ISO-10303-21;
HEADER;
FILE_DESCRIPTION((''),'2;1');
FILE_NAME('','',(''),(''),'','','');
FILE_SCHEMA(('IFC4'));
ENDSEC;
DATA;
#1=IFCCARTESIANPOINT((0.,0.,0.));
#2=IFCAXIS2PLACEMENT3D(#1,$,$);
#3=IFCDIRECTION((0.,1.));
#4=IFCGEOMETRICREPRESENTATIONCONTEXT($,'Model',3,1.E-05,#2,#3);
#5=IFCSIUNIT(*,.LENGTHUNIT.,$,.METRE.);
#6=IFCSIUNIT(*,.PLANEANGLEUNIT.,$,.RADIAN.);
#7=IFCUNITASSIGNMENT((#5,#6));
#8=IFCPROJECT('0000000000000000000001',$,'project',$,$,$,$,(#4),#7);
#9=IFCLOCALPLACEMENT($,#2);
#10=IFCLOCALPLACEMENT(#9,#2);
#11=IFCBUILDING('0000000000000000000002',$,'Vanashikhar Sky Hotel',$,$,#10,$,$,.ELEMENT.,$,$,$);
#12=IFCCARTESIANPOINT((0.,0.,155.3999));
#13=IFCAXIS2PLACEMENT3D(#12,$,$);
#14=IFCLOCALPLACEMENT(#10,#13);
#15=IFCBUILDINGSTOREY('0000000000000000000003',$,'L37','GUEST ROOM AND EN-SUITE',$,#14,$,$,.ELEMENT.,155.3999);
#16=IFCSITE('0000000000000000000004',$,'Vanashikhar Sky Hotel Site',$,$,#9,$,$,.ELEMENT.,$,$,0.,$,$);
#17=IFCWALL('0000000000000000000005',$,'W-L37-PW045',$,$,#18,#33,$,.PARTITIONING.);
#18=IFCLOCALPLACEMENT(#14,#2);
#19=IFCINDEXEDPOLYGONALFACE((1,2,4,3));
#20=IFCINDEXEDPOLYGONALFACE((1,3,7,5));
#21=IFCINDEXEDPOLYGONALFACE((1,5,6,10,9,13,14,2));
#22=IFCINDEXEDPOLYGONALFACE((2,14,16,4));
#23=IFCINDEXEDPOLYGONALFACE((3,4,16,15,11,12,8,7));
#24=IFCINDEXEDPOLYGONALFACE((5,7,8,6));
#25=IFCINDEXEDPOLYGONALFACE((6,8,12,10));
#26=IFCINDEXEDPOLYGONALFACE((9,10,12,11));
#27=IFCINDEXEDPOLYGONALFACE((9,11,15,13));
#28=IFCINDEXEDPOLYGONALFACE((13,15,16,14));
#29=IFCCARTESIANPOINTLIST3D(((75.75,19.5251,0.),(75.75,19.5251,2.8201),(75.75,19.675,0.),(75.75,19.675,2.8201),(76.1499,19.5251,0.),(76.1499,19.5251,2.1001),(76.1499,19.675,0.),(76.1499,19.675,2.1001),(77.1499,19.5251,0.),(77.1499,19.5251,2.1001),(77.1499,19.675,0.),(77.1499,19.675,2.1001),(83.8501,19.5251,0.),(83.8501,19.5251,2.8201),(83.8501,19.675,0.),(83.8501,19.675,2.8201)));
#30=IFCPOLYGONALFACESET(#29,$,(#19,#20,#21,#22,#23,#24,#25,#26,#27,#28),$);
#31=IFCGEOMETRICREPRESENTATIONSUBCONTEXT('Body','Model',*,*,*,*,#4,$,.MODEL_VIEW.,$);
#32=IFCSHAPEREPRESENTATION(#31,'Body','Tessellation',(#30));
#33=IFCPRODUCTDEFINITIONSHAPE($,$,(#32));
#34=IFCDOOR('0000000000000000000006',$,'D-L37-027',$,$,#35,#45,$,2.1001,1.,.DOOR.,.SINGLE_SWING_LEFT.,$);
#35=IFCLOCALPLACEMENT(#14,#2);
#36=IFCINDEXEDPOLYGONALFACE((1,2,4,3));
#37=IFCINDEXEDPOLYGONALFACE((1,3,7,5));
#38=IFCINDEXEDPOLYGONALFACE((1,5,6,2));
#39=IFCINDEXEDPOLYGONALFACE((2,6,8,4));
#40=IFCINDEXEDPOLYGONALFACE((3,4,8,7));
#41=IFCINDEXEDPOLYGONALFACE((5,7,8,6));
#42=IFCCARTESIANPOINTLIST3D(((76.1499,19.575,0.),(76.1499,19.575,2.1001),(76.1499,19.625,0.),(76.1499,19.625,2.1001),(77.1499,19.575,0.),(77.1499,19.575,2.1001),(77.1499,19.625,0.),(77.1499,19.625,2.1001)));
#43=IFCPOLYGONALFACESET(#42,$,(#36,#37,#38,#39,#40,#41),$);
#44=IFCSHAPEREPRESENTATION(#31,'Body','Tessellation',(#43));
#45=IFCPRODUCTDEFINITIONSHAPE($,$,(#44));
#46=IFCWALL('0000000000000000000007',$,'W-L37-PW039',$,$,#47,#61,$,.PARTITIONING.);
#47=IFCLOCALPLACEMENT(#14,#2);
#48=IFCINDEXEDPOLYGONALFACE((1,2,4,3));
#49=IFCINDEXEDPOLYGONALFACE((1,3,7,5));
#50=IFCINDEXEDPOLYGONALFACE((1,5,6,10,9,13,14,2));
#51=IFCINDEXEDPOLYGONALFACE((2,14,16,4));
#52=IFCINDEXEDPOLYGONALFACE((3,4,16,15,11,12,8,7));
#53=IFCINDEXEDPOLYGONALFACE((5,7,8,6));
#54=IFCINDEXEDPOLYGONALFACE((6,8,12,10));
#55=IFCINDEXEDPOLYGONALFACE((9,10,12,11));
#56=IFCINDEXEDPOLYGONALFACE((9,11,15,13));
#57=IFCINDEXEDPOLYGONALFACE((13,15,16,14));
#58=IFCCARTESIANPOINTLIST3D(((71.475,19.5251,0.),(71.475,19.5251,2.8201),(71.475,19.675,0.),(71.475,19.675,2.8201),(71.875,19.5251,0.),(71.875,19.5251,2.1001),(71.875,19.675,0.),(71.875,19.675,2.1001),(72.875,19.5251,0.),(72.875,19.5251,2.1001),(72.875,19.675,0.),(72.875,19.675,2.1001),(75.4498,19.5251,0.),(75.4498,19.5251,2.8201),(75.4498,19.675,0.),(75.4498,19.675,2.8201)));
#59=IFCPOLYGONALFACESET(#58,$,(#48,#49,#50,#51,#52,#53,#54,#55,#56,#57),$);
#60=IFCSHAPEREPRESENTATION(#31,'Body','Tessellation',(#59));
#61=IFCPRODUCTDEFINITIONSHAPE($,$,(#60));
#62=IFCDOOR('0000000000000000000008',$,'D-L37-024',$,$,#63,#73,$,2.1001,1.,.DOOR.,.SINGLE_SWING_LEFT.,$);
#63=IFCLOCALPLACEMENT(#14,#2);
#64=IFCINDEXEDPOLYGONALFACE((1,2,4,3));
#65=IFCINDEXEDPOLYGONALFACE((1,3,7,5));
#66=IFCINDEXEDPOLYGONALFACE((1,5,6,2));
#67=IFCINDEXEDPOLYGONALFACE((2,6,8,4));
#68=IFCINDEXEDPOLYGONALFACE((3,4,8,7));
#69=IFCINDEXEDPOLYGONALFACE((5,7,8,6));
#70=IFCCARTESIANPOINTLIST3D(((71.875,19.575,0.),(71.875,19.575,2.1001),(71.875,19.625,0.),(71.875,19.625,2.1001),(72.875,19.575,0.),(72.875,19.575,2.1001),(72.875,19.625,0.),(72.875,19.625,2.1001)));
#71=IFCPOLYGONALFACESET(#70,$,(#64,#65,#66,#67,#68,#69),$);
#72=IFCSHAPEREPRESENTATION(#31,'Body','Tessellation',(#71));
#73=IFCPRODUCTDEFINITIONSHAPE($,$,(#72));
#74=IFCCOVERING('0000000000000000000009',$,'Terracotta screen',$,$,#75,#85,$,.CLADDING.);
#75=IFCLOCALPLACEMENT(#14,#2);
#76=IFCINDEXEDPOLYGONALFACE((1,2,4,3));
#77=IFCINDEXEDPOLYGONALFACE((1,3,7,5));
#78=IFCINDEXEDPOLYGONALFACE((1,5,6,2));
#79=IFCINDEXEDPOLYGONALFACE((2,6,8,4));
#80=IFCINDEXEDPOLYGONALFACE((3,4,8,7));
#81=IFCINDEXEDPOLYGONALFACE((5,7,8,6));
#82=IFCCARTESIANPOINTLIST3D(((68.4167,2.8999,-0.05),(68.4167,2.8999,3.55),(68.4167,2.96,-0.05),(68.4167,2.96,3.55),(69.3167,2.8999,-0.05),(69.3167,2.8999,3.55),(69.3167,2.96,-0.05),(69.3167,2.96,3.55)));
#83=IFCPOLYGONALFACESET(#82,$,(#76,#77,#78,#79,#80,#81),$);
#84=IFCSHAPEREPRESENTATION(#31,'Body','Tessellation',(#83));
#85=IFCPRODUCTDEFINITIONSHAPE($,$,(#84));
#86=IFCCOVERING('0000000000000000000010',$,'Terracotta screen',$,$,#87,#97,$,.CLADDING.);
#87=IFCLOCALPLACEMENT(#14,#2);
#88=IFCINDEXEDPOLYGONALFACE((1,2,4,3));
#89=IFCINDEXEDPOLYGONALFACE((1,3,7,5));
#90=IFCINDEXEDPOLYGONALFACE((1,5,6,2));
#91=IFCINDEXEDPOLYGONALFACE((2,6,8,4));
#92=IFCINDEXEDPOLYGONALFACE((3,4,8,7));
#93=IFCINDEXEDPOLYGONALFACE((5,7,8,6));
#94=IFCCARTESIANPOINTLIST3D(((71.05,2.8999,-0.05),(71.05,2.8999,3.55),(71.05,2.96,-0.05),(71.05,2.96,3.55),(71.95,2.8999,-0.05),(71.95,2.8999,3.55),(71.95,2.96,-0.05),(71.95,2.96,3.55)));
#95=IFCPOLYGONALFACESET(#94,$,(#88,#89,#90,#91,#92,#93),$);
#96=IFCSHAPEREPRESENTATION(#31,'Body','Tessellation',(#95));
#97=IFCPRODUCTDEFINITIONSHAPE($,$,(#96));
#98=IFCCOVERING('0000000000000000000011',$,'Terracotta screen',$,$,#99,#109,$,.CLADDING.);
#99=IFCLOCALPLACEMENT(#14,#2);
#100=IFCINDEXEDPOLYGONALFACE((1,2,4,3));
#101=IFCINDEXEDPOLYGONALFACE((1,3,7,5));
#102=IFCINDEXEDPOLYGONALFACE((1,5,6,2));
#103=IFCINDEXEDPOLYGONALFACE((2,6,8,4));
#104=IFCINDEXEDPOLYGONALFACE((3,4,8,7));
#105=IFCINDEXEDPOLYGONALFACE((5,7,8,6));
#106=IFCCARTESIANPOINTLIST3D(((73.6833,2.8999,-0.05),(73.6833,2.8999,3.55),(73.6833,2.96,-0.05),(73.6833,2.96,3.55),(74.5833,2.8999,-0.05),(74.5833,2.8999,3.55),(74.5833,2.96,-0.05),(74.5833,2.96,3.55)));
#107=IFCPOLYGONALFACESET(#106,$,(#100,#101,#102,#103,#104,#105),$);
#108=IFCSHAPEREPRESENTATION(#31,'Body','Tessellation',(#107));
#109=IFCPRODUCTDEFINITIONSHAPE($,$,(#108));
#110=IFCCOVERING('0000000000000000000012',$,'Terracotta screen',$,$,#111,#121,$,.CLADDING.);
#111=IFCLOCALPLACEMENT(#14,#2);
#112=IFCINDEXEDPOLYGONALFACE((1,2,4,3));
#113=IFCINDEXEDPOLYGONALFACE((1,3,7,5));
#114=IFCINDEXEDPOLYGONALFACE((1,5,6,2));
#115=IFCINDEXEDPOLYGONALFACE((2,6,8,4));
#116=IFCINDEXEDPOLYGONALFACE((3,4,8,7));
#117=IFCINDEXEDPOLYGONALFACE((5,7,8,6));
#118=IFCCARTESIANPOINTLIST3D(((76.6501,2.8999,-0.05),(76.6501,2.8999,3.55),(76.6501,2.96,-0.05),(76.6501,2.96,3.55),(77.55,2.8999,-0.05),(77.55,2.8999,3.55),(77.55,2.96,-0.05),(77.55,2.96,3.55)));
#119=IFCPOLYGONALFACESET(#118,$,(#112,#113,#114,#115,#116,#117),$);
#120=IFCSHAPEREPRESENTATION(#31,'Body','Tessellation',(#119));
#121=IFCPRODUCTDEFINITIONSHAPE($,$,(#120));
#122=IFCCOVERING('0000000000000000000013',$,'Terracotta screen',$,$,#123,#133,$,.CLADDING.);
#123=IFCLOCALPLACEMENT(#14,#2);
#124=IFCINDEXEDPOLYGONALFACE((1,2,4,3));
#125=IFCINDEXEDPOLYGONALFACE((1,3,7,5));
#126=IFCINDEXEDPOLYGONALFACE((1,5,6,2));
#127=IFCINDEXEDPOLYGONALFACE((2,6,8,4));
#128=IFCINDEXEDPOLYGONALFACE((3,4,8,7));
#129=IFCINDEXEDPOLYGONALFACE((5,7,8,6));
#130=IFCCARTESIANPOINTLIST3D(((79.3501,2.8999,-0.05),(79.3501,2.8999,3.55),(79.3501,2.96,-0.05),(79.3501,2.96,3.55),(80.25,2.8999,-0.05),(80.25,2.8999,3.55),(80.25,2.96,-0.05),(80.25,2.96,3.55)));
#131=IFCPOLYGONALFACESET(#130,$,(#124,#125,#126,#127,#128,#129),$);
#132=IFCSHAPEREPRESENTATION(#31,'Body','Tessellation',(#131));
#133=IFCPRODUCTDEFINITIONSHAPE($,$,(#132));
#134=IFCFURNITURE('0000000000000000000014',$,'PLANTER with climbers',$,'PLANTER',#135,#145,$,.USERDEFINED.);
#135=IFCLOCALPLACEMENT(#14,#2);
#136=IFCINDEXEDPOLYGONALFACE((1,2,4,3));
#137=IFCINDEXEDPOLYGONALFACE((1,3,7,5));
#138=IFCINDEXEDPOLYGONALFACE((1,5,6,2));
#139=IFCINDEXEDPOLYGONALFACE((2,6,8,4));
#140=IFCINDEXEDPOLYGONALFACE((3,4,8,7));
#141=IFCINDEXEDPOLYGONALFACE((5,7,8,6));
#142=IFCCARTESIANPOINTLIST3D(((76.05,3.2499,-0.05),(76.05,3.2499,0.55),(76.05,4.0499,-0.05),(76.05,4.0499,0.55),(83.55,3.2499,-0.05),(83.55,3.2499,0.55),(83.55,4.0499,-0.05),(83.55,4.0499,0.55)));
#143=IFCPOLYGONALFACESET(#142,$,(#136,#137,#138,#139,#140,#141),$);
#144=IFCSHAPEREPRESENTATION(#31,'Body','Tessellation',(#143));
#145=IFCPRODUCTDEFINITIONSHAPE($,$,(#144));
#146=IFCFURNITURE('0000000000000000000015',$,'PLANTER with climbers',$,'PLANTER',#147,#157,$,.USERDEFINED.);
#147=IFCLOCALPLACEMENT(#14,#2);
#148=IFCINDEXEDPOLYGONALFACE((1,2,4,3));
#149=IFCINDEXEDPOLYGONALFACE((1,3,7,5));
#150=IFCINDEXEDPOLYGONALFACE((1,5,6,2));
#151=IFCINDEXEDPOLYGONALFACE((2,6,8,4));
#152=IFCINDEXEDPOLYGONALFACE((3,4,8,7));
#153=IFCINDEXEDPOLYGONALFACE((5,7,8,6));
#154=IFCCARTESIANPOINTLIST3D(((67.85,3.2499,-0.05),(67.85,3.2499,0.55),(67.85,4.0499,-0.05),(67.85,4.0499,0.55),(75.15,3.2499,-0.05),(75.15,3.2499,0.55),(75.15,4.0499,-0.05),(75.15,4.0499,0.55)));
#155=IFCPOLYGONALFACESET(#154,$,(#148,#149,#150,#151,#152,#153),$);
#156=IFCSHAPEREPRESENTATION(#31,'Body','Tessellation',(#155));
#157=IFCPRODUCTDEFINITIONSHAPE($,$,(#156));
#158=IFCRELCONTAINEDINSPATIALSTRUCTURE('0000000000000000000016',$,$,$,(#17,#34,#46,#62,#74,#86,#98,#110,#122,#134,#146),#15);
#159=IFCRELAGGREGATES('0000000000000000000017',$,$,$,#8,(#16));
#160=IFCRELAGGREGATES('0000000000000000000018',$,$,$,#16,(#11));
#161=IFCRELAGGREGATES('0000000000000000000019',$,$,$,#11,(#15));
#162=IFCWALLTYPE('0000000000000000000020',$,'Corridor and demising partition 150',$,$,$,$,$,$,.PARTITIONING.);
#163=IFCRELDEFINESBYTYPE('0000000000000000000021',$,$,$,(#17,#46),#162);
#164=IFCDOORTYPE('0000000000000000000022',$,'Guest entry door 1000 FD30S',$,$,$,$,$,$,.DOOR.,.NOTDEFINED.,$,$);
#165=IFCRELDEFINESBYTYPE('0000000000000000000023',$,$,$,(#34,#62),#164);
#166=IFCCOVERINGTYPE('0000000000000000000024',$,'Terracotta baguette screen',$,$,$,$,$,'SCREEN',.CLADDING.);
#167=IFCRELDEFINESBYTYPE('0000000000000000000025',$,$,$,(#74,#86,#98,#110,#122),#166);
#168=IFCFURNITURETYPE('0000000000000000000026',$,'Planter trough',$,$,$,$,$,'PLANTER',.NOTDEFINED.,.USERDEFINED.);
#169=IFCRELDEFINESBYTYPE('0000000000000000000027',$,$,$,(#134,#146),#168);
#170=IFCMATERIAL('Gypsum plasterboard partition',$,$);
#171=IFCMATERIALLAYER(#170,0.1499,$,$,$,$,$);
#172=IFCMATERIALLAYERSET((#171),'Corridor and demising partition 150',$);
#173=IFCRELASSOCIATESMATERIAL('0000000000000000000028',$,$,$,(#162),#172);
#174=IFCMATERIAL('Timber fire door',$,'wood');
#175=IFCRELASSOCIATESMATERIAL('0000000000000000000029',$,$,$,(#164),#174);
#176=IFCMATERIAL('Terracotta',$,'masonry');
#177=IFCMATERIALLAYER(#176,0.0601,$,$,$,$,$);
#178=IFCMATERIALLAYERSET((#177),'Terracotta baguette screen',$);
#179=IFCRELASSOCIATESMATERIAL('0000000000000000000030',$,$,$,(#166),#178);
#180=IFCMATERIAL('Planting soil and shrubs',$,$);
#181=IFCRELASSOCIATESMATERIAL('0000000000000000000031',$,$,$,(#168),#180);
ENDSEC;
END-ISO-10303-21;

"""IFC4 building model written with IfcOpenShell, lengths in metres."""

from ifc_helpers import new_model, si_unit, direction, frame, frame_2d, origin, origin_2d, place, context, subcontext, project, spatial, rectangle, extrude, source, transform, mapped, material, layer, layer_set, type_object, element, fill, save


model = new_model("IFC4")

# Units and contexts
model_context = context("Model", 3, precision=1e-05, world=origin(), true_north=direction((0.0, 1.0)))
body_context = subcontext(model_context, "Body", "Model", "MODEL_VIEW")
ifc_project = project(units=[si_unit("LENGTHUNIT", "METRE"), si_unit("PLANEANGLEUNIT", "RADIAN")], contexts=[model_context])

# Site, building, storey
site_placement = place(None, origin())
site = spatial("IfcSite", under=ifc_project, at=site_placement, Name="Vanashikhar Sky Hotel Site", CompositionType="ELEMENT", RefElevation=0.0)
building_placement = place(site_placement, origin())
building = spatial("IfcBuilding", under=site, at=building_placement, Name="Vanashikhar Sky Hotel", CompositionType="ELEMENT")
storey_placement = place(building_placement, frame((0.0, 0.0, 155.3999)))
storey = spatial("IfcBuildingStorey", under=building, at=storey_placement, Name="L37", Description="GUEST ROOM AND EN-SUITE", CompositionType="ELEMENT", Elevation=155.3999)

# Shared definitions
ifc_material_1 = material(Name="Gypsum plasterboard partition")

# Shared definitions
ifc_layer_1 = layer(ifc_material_1, 0.1499)
ifc_layer_set_1 = layer_set([ifc_layer_1], Name="Corridor and demising partition 150")
wall_type_1 = type_object("IfcWallType", Name="Corridor and demising partition 150", PredefinedType="PARTITIONING", material=ifc_layer_set_1)

# Walls, openings, doors
shared_shape_1 = source(origin(), body_context, "Body", "SweptSolid", [
    extrude(rectangle(XDim=8.1001, YDim=0.1499, at=frame_2d((4.05, 0.0))), origin(), (0.0, 0.0, 1.0), 2.8201),
])
wall_1_placement = place(storey_placement, frame((75.75, 19.6001, 0.0), z_axis=(0.0, 0.0, 1.0), x_axis=(1.0, 0.0, 0.0)))
wall_1 = element("IfcWall", 1, at=wall_1_placement, inside=storey, type_object=wall_type_1, Name="W-L37-PW045", PredefinedType="PARTITIONING", context=body_context, shape_type="MappedRepresentation", body=[
    mapped(shared_shape_1, transform((0.0, 0.0, 0.0), scale=1.0)),
])
shared_shape_2 = source(origin(), body_context, "Body", "SweptSolid", [
    extrude(rectangle(XDim=1.0, YDim=2.1001, at=frame_2d((0.5, 1.05))), frame((0.0, 0.085, 0.0), z_axis=(0.0, -1.0, 0.0), x_axis=(1.0, 0.0, 0.0)), (0.0, 0.0, 1.0), 0.1699),
])
opening_1_placement = place(wall_1_placement, frame((0.3999, 0.0, 0.0)))
opening_1 = element("IfcOpeningElement", 2, at=opening_1_placement, cuts=wall_1, PredefinedType="OPENING", context=body_context, shape_type="MappedRepresentation", body=[
    mapped(shared_shape_2, transform((0.0, 0.0, 0.0), scale=1.0)),
])
ifc_material_2 = material(Name="Timber fire door", Category="wood")
door_type_1 = type_object("IfcDoorType", Name="Guest entry door 1000 FD30S", OperationType="NOTDEFINED", PredefinedType="DOOR", material=ifc_material_2)
shared_shape_3 = source(origin(), body_context, "Body", "SweptSolid", [
    extrude(rectangle(XDim=1.0, YDim=2.1001, at=frame_2d((0.5, 1.05))), frame((0.0, 0.0249, 0.0), z_axis=(0.0, -1.0, 0.0), x_axis=(1.0, 0.0, 0.0)), (0.0, 0.0, 1.0), 0.05),
])
door_1_placement = place(opening_1_placement, origin())
door_1 = element("IfcDoor", 3, at=door_1_placement, inside=storey, type_object=door_type_1, Name="D-L37-027", OperationType="SINGLE_SWING_LEFT", OverallHeight=2.1001, OverallWidth=1.0, PredefinedType="DOOR", context=body_context, shape_type="MappedRepresentation", body=[
    mapped(shared_shape_3, transform((0.0, 0.0, 0.0), scale=1.0)),
])
fill(opening_1, door_1)
shared_shape_4 = source(origin(), body_context, "Body", "SweptSolid", [
    extrude(rectangle(XDim=3.9749, YDim=0.1499, at=frame_2d((1.9873, 0.0))), origin(), (0.0, 0.0, 1.0), 2.8201),
])
wall_2_placement = place(storey_placement, frame((71.4751, 19.6001, 0.0), z_axis=(0.0, 0.0, 1.0), x_axis=(1.0, 0.0, 0.0)))
wall_2 = element("IfcWall", 4, at=wall_2_placement, inside=storey, type_object=wall_type_1, Name="W-L37-PW039", PredefinedType="PARTITIONING", context=body_context, shape_type="MappedRepresentation", body=[
    mapped(shared_shape_4, transform((0.0, 0.0, 0.0), scale=1.0)),
])
opening_2_placement = place(wall_2_placement, frame((0.3999, 0.0, 0.0)))
opening_2 = element("IfcOpeningElement", 5, at=opening_2_placement, cuts=wall_2, PredefinedType="OPENING", context=body_context, shape_type="MappedRepresentation", body=[
    mapped(shared_shape_2, transform((0.0, 0.0, 0.0), scale=1.0)),
])
door_2_placement = place(opening_2_placement, origin())
door_2 = element("IfcDoor", 6, at=door_2_placement, inside=storey, type_object=door_type_1, Name="D-L37-024", OperationType="SINGLE_SWING_LEFT", OverallHeight=2.1001, OverallWidth=1.0, PredefinedType="DOOR", context=body_context, shape_type="MappedRepresentation", body=[
    mapped(shared_shape_3, transform((0.0, 0.0, 0.0), scale=1.0)),
])
fill(opening_2, door_2)

# Coverings
ifc_material_3 = material(Name="Terracotta", Category="masonry")
ifc_layer_2 = layer(ifc_material_3, 0.0601)
ifc_layer_set_2 = layer_set([ifc_layer_2], Name="Terracotta baguette screen")
covering_type = type_object("IfcCoveringType", Name="Terracotta baguette screen", ElementType="SCREEN", PredefinedType="CLADDING", material=ifc_layer_set_2)
shared_shape_5 = source(origin(), body_context, "Body", "SweptSolid", [
    extrude(rectangle(XDim=0.8999, YDim=0.0601, at=origin_2d()), origin(), (0.0, 0.0, 1.0), 3.6001),
])
for number, where, z_axis, x_axis, name in (
    (7, (68.8667, 2.9299, -0.05), (0.0, 0.0, 1.0), (1.0, 0.0, 0.0), "Terracotta screen"),
    (8, (71.5, 2.9299, -0.05), (0.0, 0.0, 1.0), (1.0, 0.0, 0.0), "Terracotta screen"),
    (9, (74.1333, 2.9299, -0.05), (0.0, 0.0, 1.0), (1.0, 0.0, 0.0), "Terracotta screen"),
    (10, (77.1001, 2.9299, -0.05), (0.0, 0.0, 1.0), (1.0, 0.0, 0.0), "Terracotta screen"),
    (11, (79.8, 2.9299, -0.05), (0.0, 0.0, 1.0), (1.0, 0.0, 0.0), "Terracotta screen"),
):
    element("IfcCovering", number, at=place(storey_placement, frame(where, z_axis=z_axis, x_axis=x_axis)), inside=storey, type_object=covering_type, Name=name, PredefinedType="CLADDING", context=body_context, shape_type="MappedRepresentation", body=[
        mapped(shared_shape_5, transform((0.0, 0.0, 0.0), scale=1.0)),
    ])

# Furniture
ifc_material_4 = material(Name="Planting soil and shrubs")
furniture_type = type_object("IfcFurnitureType", Name="Planter trough", ElementType="PLANTER", AssemblyPlace="NOTDEFINED", PredefinedType="USERDEFINED", material=ifc_material_4)
shared_shape_6 = source(origin(), body_context, "Body", "SweptSolid", [
    extrude(rectangle(XDim=7.5, YDim=0.8, at=origin_2d()), origin(), (0.0, 0.0, 1.0), 0.6001),
])
furniture_1_placement = place(storey_placement, frame((79.8, 3.6499, -0.05), z_axis=(0.0, 0.0, 1.0), x_axis=(1.0, 0.0, 0.0)))
element("IfcFurniture", 12, at=furniture_1_placement, inside=storey, type_object=furniture_type, Name="PLANTER with climbers", ObjectType="PLANTER", PredefinedType="USERDEFINED", context=body_context, shape_type="MappedRepresentation", body=[
    mapped(shared_shape_6, transform((0.0, 0.0, 0.0), scale=1.0)),
])
shared_shape_7 = source(origin(), body_context, "Body", "SweptSolid", [
    extrude(rectangle(XDim=7.3, YDim=0.8, at=origin_2d()), origin(), (0.0, 0.0, 1.0), 0.6001),
])
furniture_2_placement = place(storey_placement, frame((71.5, 3.6499, -0.05), z_axis=(0.0, 0.0, 1.0), x_axis=(1.0, 0.0, 0.0)))
element("IfcFurniture", 13, at=furniture_2_placement, inside=storey, type_object=furniture_type, Name="PLANTER with climbers", ObjectType="PLANTER", PredefinedType="USERDEFINED", context=body_context, shape_type="MappedRepresentation", body=[
    mapped(shared_shape_7, transform((0.0, 0.0, 0.0), scale=1.0)),
])

save(model, "model.ifc")
